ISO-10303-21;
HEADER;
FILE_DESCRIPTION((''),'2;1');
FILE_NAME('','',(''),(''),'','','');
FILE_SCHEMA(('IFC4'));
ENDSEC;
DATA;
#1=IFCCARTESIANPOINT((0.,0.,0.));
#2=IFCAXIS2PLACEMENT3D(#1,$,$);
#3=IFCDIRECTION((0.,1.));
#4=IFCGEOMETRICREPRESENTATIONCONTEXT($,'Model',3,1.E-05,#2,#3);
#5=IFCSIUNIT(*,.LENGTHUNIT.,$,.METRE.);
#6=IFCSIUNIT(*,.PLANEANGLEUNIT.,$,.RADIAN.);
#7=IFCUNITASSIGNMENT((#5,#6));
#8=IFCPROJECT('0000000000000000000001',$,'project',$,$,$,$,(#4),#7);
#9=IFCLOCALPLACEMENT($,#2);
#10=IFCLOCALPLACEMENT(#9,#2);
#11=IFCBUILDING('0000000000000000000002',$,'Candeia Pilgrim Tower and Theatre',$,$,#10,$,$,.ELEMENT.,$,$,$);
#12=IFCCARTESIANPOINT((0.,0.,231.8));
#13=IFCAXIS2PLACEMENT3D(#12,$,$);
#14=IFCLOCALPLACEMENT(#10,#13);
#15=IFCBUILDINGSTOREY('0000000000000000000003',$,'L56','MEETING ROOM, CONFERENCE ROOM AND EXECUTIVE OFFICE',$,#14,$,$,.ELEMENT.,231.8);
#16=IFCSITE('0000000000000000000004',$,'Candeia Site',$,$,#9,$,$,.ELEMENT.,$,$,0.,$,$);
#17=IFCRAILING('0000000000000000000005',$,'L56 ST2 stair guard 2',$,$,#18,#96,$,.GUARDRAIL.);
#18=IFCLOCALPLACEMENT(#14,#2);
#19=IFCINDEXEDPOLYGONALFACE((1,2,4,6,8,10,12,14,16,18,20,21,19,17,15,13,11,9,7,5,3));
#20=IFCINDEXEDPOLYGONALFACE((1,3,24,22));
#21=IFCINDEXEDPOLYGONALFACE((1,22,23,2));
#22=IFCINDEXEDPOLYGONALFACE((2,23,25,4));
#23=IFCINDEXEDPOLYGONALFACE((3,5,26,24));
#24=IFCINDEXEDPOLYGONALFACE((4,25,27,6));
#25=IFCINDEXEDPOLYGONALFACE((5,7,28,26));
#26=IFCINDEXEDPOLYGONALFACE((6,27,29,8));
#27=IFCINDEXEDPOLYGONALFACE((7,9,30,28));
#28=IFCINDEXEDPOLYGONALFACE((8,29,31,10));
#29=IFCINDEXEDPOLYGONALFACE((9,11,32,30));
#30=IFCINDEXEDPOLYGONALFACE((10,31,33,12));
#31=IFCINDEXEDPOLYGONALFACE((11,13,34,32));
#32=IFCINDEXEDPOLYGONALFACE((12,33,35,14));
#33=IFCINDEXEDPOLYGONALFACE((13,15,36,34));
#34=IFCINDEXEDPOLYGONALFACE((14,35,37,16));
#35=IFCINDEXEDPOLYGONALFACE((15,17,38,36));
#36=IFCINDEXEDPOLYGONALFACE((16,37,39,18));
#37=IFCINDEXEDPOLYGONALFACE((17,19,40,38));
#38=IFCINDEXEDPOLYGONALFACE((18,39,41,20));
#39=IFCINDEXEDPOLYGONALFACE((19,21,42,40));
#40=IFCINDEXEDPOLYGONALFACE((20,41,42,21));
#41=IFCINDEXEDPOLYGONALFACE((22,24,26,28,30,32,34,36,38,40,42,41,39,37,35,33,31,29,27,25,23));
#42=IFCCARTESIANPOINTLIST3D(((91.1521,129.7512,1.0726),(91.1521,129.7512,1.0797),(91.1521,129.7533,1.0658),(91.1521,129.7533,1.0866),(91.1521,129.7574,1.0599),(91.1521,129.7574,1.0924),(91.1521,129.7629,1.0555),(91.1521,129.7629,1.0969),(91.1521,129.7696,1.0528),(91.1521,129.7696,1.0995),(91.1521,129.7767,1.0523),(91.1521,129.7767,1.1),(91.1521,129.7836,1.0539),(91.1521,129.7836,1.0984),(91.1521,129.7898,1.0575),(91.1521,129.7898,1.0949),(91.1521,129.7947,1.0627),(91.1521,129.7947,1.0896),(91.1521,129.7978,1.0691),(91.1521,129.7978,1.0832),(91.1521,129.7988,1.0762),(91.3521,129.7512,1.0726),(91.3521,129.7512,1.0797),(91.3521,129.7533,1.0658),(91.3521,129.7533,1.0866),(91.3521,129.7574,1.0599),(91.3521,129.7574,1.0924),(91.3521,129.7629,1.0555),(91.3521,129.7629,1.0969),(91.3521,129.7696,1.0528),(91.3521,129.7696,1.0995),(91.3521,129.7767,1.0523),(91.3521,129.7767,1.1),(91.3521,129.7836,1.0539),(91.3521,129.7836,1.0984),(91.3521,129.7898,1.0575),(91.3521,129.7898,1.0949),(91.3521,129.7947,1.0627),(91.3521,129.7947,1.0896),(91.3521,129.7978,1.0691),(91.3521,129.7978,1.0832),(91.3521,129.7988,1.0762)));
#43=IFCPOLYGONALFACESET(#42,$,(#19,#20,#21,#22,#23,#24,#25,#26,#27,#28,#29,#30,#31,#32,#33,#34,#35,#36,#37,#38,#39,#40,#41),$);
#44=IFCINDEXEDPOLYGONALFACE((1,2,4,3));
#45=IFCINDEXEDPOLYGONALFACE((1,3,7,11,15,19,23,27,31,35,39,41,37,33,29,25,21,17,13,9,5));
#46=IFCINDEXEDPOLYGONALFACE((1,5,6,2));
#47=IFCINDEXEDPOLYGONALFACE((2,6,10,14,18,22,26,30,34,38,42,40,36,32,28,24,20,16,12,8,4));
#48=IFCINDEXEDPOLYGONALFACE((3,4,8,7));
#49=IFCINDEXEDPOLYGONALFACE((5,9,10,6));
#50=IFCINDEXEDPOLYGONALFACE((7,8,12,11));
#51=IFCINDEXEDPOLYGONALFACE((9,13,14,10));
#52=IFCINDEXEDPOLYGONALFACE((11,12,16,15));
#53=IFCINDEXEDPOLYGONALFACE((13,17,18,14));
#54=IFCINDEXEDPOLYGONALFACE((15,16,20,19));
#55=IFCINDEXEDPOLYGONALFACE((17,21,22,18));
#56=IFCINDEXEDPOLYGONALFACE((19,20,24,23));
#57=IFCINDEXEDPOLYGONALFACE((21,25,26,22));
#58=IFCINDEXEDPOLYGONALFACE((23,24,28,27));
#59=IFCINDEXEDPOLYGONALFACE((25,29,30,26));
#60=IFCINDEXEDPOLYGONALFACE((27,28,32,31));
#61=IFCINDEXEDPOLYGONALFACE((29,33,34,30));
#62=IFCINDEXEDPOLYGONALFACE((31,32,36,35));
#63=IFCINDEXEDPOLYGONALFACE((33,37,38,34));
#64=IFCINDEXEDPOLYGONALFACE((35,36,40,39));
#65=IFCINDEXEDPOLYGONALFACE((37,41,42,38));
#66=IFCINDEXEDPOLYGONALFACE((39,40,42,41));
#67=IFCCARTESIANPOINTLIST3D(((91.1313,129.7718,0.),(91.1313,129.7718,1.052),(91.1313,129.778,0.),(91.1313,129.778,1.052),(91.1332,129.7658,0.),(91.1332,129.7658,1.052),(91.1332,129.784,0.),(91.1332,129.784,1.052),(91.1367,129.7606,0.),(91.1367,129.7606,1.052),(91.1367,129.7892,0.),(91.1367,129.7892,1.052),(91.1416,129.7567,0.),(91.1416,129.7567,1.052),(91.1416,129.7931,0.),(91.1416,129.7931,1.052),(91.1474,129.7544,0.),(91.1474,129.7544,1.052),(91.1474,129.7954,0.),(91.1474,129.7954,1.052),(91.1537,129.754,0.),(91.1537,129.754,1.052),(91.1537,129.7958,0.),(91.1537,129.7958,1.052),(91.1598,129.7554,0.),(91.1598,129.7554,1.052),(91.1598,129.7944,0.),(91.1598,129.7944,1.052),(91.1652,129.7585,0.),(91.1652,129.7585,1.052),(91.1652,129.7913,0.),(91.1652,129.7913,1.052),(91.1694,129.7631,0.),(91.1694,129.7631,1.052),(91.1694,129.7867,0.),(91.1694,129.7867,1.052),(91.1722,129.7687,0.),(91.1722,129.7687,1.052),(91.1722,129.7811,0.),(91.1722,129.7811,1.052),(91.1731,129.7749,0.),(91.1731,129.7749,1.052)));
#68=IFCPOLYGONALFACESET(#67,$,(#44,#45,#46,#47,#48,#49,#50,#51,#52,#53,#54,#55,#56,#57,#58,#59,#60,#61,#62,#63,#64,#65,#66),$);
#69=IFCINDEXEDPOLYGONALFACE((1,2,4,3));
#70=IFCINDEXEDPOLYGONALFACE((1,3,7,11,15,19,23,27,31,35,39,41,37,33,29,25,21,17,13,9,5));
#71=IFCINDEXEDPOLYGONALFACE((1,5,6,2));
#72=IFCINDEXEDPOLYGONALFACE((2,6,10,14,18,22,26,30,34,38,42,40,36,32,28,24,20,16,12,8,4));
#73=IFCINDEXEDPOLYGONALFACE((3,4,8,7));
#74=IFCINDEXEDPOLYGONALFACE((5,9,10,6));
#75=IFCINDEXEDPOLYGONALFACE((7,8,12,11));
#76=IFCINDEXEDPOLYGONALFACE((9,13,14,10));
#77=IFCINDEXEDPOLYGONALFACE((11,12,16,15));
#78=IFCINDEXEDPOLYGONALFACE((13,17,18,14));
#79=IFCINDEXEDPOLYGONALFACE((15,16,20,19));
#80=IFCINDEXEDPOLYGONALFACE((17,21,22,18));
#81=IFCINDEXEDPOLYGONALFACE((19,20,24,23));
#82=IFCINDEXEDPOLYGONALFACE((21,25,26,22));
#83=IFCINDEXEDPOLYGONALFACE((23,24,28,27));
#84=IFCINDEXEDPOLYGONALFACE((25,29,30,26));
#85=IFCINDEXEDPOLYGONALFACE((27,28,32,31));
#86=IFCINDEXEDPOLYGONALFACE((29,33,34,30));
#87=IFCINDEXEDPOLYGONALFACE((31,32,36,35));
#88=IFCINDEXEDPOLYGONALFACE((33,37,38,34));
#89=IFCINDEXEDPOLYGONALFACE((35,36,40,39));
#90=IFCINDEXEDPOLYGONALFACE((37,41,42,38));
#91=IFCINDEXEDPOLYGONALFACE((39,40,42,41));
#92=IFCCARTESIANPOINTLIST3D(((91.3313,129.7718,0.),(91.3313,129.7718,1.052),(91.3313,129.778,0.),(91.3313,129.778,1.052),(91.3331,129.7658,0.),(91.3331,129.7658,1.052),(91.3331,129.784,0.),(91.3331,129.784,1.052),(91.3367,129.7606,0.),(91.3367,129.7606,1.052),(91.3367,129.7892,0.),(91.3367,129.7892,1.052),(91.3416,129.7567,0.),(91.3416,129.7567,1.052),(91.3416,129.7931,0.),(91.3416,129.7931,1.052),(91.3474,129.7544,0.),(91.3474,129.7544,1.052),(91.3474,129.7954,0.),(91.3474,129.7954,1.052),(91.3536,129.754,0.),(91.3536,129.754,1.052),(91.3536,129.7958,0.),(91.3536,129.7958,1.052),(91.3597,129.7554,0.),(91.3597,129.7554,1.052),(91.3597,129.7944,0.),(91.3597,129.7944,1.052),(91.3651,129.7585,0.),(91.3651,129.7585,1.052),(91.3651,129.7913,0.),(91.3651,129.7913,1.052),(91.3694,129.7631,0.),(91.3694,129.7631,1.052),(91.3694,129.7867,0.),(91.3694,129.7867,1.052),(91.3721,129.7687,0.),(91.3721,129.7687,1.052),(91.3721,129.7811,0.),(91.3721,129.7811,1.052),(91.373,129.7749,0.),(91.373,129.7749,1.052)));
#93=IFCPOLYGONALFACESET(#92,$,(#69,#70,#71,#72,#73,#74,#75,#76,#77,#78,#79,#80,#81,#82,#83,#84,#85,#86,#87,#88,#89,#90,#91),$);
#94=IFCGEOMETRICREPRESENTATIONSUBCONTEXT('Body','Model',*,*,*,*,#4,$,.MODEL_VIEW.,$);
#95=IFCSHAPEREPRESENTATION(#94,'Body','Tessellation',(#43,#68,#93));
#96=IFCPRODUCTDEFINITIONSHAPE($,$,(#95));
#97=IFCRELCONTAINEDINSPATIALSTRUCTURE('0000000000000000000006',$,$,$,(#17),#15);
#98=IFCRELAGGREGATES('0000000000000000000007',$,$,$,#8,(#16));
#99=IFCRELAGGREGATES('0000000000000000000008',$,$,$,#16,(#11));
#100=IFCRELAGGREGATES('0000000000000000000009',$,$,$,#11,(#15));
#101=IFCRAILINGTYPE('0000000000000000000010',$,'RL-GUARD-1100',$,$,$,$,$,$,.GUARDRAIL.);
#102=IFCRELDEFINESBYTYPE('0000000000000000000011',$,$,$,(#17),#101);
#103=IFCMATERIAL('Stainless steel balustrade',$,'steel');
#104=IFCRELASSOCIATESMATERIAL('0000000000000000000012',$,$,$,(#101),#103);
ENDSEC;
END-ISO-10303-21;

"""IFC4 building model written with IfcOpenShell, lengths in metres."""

from ifc_helpers import new_model, si_unit, direction, frame, origin, origin_2d, place, context, subcontext, project, spatial, circle, extrude, material, type_object, element, save


model = new_model("IFC4")

# Units and contexts
model_context = context("Model", 3, precision=1e-05, world=origin(), true_north=direction((0.0, 1.0)))
body_context = subcontext(model_context, "Body", "Model", "MODEL_VIEW")
ifc_project = project(units=[si_unit("LENGTHUNIT", "METRE"), si_unit("PLANEANGLEUNIT", "RADIAN")], contexts=[model_context])

# Site, building, storey
site_placement = place(None, origin())
site = spatial("IfcSite", under=ifc_project, at=site_placement, Name="Candeia Site", CompositionType="ELEMENT", RefElevation=0.0)
building_placement = place(site_placement, origin())
building = spatial("IfcBuilding", under=site, at=building_placement, Name="Candeia Pilgrim Tower and Theatre", CompositionType="ELEMENT")
storey_placement = place(building_placement, frame((0.0, 0.0, 231.8)))
storey = spatial("IfcBuildingStorey", under=building, at=storey_placement, Name="L56", Description="MEETING ROOM, CONFERENCE ROOM AND EXECUTIVE OFFICE", CompositionType="ELEMENT", Elevation=231.8)

# Shared definitions
ifc_material_1 = material(Name="Stainless steel balustrade", Category="steel")

# Railing
railing_type_1 = type_object("IfcRailingType", Name="RL-GUARD-1100", PredefinedType="GUARDRAIL", material=ifc_material_1)
railing_1_placement = place(storey_placement, frame((91.1521, 129.7749, 0.0)))
element("IfcRailing", 1, at=railing_1_placement, inside=storey, type_object=railing_type_1, Name="L56 ST2 stair guard 2", PredefinedType="GUARDRAIL", context=body_context, shape_type="SweptSolid", body=[
    extrude(circle(Radius=0.0239, at=origin_2d()), frame((0.0, 0.0, 1.0762), z_axis=(1.0, 0.0, 0.0), x_axis=(0.0, 1.0, 0.0)), (0.0, 0.0, 1.0), 0.2),
    extrude(circle(Radius=0.021, at=origin_2d()), origin(), (0.0, 0.0, 1.0), 1.052),
    extrude(circle(Radius=0.021, at=origin_2d()), frame((0.2, 0.0, 0.0)), (0.0, 0.0, 1.0), 1.052),
])

save(model, "model.ifc")
